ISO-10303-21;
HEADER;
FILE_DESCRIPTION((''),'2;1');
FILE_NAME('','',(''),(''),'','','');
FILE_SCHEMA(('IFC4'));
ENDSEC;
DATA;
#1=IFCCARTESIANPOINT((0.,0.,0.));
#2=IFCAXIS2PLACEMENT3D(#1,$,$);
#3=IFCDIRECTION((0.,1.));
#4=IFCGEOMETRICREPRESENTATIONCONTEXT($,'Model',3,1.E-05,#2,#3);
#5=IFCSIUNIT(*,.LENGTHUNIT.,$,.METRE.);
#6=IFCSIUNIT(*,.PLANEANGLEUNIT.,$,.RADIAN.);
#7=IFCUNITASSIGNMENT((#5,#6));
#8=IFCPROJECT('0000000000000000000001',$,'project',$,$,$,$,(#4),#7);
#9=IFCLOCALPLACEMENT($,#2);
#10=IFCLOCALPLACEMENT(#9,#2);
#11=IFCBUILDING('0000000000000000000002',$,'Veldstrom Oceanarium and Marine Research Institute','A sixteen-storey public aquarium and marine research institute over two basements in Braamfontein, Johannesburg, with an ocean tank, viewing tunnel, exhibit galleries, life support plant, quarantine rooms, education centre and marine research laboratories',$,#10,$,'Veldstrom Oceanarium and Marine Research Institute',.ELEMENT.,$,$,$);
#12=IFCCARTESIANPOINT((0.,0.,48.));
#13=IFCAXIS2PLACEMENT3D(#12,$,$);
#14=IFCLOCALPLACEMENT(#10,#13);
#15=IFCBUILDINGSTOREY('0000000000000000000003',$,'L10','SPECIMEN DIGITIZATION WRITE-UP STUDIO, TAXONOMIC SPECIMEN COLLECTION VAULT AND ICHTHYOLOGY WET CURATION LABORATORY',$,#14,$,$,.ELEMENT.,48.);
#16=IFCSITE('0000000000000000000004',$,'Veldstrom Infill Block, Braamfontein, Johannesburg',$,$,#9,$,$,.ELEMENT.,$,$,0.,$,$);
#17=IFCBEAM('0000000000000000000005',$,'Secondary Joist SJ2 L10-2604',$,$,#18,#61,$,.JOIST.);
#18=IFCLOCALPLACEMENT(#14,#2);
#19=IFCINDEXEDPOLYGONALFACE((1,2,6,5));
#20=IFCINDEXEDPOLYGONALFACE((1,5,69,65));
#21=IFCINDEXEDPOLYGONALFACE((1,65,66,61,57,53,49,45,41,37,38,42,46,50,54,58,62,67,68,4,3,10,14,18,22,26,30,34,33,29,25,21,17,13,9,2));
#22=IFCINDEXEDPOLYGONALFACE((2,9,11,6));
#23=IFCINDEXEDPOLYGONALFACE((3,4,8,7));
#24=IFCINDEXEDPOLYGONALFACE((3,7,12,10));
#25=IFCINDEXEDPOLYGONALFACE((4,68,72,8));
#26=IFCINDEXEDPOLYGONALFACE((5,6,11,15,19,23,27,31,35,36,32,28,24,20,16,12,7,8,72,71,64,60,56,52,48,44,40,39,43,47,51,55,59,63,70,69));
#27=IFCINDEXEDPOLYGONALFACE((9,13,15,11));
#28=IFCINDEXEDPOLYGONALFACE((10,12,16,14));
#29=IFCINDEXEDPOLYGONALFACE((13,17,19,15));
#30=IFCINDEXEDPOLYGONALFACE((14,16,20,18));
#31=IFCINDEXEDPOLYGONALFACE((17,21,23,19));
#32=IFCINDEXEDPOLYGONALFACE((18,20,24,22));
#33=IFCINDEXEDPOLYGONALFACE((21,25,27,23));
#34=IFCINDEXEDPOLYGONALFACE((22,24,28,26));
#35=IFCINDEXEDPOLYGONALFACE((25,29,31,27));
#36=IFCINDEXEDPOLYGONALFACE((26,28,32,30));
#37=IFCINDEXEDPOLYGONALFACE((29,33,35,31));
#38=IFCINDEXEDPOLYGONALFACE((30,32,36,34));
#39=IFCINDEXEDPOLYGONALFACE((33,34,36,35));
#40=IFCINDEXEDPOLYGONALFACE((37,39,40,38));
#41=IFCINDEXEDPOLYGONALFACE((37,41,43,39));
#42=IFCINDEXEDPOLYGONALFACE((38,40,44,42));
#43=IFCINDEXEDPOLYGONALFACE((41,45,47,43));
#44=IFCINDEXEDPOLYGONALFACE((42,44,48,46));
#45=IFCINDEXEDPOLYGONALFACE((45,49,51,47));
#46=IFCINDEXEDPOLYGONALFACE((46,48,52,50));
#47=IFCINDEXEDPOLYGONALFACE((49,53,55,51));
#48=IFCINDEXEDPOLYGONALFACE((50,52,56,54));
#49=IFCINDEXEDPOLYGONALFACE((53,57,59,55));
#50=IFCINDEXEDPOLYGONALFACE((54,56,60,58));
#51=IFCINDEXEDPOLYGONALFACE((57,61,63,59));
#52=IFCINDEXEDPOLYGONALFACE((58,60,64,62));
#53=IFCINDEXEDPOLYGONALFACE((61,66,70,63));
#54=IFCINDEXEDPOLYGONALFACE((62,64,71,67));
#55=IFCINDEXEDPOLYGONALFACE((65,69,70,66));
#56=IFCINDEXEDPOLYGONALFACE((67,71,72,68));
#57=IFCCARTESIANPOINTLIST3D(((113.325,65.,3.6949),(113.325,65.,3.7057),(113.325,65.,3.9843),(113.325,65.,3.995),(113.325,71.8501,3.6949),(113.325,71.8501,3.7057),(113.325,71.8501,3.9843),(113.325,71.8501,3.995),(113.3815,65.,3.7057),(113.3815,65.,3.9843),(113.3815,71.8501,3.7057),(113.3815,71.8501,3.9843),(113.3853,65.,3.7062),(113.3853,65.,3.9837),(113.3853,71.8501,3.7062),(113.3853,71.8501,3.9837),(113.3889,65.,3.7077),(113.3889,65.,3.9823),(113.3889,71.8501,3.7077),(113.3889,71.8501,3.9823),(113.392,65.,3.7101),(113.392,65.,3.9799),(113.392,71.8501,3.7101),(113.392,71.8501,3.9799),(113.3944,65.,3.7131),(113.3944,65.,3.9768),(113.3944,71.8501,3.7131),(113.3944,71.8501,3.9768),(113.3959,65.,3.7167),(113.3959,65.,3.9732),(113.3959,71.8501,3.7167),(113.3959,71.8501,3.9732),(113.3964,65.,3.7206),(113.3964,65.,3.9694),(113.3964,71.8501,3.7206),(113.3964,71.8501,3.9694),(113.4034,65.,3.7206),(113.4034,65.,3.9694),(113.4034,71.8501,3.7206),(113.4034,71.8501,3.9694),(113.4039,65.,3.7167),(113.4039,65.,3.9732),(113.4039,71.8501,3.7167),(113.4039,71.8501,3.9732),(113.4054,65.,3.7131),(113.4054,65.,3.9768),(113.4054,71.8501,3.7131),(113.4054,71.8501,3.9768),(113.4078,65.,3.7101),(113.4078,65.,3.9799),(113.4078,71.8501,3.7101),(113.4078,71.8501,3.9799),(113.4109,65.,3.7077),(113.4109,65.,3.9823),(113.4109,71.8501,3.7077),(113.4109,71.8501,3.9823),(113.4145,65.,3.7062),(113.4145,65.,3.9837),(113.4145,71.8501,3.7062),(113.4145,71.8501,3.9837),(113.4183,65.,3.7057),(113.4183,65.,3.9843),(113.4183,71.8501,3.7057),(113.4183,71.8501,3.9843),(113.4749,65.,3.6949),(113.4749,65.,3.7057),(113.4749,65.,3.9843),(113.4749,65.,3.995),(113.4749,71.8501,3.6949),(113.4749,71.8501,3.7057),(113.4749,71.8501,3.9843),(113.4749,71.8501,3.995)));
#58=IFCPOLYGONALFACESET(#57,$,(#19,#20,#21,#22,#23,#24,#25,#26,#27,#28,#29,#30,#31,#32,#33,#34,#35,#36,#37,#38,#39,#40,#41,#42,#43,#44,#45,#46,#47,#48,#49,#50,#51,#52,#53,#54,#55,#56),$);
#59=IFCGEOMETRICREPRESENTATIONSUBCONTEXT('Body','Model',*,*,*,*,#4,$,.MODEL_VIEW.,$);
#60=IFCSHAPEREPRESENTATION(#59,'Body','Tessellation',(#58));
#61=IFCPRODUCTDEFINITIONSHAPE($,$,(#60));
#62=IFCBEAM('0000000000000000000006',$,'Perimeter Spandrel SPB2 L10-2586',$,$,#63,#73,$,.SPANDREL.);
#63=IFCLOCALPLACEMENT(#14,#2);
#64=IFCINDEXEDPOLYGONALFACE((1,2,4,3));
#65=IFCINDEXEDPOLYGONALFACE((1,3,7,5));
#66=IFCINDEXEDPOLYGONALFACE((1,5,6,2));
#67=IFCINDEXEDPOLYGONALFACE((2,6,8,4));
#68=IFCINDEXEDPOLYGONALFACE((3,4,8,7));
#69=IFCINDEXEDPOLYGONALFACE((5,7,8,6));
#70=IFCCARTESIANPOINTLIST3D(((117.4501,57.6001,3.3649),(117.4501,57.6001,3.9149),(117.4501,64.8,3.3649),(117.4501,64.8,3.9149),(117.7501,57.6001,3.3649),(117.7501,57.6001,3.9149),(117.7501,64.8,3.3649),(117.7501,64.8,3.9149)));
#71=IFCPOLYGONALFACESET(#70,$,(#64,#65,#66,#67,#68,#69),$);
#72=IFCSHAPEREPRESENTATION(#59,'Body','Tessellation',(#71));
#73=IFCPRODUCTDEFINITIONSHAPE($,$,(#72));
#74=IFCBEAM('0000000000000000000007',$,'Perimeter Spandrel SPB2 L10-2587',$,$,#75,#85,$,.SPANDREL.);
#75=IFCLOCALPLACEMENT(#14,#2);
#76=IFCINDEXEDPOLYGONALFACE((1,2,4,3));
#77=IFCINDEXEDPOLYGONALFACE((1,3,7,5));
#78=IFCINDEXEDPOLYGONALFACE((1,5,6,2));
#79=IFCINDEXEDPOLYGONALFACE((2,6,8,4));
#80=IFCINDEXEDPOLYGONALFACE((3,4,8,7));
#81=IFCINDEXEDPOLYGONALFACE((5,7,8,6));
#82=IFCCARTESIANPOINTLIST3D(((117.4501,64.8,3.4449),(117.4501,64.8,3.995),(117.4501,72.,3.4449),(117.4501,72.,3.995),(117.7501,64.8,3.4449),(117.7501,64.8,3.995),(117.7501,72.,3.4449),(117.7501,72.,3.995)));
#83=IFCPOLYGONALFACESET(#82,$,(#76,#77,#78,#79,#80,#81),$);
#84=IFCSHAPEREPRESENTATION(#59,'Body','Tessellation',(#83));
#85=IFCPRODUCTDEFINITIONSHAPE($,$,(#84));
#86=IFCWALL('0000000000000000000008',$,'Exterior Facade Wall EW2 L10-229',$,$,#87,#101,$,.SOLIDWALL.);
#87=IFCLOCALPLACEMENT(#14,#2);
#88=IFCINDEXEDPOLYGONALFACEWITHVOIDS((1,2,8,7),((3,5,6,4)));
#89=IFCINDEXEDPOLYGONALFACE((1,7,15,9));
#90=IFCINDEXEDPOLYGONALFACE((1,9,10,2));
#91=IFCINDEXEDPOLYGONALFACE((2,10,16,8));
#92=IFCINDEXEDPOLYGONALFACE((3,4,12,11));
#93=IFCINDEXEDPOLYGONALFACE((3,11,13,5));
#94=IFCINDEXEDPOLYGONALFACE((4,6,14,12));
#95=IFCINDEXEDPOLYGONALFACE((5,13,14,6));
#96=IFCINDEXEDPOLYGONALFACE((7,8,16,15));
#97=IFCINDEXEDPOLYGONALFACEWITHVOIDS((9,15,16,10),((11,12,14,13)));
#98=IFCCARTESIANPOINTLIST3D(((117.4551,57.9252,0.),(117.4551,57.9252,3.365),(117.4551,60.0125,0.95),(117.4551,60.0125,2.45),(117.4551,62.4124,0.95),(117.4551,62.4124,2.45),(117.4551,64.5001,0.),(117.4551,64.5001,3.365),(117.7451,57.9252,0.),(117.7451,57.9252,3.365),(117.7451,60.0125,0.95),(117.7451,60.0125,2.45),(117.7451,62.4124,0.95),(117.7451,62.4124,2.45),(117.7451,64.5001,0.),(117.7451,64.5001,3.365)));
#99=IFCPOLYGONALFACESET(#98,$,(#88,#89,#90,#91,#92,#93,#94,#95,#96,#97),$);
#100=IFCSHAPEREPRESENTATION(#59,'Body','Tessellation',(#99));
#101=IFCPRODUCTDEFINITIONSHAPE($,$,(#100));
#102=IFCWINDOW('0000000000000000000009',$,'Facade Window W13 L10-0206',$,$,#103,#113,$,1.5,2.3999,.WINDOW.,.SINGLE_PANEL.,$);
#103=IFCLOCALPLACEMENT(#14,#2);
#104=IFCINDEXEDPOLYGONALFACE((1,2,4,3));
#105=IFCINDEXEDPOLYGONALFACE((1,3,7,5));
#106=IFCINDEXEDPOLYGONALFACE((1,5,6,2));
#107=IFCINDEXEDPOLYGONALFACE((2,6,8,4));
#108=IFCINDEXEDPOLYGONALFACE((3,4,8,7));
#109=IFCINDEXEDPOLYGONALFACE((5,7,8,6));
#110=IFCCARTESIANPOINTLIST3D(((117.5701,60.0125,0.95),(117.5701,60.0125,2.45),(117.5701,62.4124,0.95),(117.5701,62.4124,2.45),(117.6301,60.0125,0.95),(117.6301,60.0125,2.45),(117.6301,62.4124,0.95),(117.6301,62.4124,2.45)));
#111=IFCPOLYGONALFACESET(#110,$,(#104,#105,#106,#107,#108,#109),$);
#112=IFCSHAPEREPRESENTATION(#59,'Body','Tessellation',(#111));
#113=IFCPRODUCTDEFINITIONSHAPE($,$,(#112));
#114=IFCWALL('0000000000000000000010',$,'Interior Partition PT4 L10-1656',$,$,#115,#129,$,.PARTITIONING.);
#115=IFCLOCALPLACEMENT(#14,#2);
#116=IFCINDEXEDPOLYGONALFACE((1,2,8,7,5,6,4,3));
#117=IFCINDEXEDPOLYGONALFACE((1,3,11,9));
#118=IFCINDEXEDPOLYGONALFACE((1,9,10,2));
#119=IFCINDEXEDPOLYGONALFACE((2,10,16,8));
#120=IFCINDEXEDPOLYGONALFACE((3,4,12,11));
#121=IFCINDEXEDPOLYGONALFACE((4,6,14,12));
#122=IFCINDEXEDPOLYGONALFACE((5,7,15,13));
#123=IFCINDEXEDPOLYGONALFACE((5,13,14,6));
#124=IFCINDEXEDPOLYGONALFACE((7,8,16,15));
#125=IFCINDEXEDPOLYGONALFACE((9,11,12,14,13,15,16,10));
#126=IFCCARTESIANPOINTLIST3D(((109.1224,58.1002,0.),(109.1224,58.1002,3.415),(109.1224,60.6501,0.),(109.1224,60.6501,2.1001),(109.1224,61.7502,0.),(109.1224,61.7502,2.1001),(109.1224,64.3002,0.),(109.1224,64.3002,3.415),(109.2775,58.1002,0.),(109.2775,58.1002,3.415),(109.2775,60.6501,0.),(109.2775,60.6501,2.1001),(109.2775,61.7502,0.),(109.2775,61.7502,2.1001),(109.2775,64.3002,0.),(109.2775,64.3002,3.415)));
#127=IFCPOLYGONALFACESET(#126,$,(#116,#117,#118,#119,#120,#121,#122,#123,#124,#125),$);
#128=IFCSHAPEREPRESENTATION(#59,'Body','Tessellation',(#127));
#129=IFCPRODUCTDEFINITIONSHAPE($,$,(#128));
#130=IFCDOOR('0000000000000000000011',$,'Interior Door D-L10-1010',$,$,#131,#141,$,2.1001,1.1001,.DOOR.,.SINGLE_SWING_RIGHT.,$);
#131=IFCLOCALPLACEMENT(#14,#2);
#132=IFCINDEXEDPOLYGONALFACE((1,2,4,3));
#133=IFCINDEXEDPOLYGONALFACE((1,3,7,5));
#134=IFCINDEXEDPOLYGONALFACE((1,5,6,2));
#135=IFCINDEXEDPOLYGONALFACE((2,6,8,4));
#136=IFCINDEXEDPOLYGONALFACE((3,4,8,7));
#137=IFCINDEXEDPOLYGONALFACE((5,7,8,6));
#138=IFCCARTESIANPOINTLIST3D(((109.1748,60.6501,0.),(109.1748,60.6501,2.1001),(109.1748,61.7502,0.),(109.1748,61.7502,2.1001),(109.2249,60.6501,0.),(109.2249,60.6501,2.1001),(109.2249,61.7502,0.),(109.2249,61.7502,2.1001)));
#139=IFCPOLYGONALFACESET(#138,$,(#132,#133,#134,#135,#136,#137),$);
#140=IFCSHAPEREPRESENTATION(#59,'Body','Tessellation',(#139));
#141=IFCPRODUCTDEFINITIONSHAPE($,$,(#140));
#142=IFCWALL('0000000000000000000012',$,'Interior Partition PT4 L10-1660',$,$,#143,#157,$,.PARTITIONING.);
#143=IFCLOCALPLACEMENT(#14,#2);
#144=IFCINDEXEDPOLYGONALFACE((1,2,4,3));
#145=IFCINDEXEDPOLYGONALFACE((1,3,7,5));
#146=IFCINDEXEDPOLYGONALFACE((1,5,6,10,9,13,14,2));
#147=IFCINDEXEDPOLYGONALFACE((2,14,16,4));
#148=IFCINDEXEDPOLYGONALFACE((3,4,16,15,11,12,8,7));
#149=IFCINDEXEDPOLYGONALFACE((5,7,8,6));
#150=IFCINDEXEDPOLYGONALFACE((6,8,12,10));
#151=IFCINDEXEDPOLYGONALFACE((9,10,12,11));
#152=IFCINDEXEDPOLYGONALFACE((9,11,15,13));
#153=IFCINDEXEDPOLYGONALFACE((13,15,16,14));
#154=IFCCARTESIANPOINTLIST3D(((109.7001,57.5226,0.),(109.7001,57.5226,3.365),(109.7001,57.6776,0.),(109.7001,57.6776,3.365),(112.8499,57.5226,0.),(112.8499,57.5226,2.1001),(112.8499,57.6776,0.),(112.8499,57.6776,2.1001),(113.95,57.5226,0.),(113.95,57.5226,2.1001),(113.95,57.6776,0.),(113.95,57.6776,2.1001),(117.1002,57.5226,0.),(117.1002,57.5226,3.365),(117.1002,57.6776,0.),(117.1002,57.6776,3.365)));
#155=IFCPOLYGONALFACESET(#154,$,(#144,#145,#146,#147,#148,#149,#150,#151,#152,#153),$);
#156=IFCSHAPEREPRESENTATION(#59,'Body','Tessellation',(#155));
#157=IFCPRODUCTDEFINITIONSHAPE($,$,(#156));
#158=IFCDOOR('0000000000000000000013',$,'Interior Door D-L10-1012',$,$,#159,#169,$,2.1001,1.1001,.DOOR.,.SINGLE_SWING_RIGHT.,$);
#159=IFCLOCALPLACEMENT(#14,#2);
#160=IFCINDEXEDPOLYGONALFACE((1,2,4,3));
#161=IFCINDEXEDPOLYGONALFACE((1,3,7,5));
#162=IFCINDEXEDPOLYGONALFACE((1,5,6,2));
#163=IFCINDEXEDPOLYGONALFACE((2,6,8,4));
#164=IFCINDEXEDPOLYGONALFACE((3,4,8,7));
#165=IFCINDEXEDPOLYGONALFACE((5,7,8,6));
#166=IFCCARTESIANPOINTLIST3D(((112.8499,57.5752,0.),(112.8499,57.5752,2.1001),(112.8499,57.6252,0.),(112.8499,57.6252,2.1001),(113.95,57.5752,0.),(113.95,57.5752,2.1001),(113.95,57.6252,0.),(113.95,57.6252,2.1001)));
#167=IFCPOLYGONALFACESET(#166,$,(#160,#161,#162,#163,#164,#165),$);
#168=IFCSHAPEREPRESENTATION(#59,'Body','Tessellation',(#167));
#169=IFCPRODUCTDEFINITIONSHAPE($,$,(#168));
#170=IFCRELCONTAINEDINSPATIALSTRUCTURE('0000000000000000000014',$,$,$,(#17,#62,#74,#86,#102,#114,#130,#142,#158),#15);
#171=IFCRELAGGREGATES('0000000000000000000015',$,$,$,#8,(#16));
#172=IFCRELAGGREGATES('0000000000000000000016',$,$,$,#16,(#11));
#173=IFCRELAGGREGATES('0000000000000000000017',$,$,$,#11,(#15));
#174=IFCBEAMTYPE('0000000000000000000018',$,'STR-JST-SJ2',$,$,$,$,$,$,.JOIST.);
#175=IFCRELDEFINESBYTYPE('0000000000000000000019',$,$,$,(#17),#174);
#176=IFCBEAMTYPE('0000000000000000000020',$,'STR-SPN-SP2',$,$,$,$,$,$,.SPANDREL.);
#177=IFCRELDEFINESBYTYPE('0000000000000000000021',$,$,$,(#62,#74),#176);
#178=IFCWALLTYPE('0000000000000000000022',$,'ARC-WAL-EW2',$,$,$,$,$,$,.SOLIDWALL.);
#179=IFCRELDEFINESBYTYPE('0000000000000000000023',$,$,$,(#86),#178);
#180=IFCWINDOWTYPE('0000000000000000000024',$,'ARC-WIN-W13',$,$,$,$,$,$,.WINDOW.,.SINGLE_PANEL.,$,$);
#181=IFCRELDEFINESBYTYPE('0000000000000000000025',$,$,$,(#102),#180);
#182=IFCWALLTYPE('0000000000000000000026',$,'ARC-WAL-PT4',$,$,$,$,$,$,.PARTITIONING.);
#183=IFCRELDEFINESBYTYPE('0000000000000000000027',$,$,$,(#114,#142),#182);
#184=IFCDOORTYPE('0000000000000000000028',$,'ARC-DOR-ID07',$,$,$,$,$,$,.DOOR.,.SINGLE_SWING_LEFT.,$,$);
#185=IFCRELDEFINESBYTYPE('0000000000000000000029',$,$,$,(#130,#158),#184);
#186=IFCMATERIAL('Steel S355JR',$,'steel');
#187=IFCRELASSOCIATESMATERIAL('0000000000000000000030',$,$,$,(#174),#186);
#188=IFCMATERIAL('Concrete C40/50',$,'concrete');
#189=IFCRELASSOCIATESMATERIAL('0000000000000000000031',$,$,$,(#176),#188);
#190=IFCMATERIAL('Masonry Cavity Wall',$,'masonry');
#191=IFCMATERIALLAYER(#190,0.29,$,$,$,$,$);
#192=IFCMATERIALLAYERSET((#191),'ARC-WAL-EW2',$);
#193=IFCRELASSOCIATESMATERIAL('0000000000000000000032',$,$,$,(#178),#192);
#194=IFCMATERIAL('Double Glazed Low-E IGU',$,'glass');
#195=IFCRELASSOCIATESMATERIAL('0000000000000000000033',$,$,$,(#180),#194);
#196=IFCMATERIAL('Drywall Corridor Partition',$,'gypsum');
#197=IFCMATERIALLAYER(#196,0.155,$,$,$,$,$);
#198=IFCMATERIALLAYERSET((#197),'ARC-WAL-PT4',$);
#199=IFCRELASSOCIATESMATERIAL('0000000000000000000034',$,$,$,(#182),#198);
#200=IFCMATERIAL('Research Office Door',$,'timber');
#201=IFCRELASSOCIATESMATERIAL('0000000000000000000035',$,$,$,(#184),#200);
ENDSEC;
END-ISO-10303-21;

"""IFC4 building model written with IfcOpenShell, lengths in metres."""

from ifc_helpers import new_model, si_unit, direction, frame, frame_2d, origin, origin_2d, place, context, subcontext, project, spatial, rectangle, i_section, extrude, material, layer, layer_set, material_profile, profile_set, type_object, element, fill, save


model = new_model("IFC4")

# Units and contexts
model_context = context("Model", 3, precision=1e-05, world=origin(), true_north=direction((0.0, 1.0)))
body_context = subcontext(model_context, "Body", "Model", "MODEL_VIEW")
ifc_project = project(units=[si_unit("LENGTHUNIT", "METRE"), si_unit("PLANEANGLEUNIT", "RADIAN")], contexts=[model_context])

# Site, building, storey
site_placement = place(None, origin())
site = spatial("IfcSite", under=ifc_project, at=site_placement, Name="Veldstrom Infill Block, Braamfontein, Johannesburg", CompositionType="ELEMENT", RefElevation=0.0)
building_placement = place(site_placement, origin())
building = spatial("IfcBuilding", under=site, at=building_placement, Name="Veldstrom Oceanarium and Marine Research Institute", Description="A sixteen-storey public aquarium and marine research institute over two basements in Braamfontein, Johannesburg, with an ocean tank, viewing tunnel, exhibit galleries, life support plant, quarantine rooms, education centre and marine research laboratories", LongName="Veldstrom Oceanarium and Marine Research Institute", CompositionType="ELEMENT")
storey_placement = place(building_placement, frame((0.0, 0.0, 48.0)))
storey = spatial("IfcBuildingStorey", under=building, at=storey_placement, Name="L10", Description="SPECIMEN DIGITIZATION WRITE-UP STUDIO, TAXONOMIC SPECIMEN COLLECTION VAULT AND ICHTHYOLOGY WET CURATION LABORATORY", CompositionType="ELEMENT", Elevation=48.0)

# Beams
ifc_material_1 = material(Name="Steel S355JR", Category="steel")
ifc_material_profile_1 = material_profile(ifc_material_1, i_section(OverallWidth=0.1499, OverallDepth=0.3, WebThickness=0.0071, FlangeThickness=0.0107, FilletRadius=0.0149, at=origin_2d()), Name="IPE 300")
ifc_profile_set_1 = profile_set([ifc_material_profile_1], Name="Steel S355JR")
beam_type_1 = type_object("IfcBeamType", Name="STR-JST-SJ2", PredefinedType="JOIST", material=ifc_profile_set_1)
beam_1_placement = place(storey_placement, frame((113.3999, 65.0, 3.845), z_axis=(0.0, 1.0, 0.0), x_axis=(-1.0, 0.0, 0.0)))
element("IfcBeam", 1, at=beam_1_placement, inside=storey, type_object=beam_type_1, Name="Secondary Joist SJ2 L10-2604", PredefinedType="JOIST", context=body_context, shape_type="SweptSolid", body=[
    extrude(i_section(OverallWidth=0.1499, OverallDepth=0.3, WebThickness=0.0071, FlangeThickness=0.0107, FilletRadius=0.0149, at=origin_2d()), origin(), (0.0, 0.0, 1.0), 6.8501),
])
ifc_material_2 = material(Name="Concrete C40/50", Category="concrete")
ifc_material_profile_2 = material_profile(ifc_material_2, rectangle(XDim=0.3, YDim=0.55, at=origin_2d()), Name="RC-SPN-300x550")
ifc_profile_set_2 = profile_set([ifc_material_profile_2], Name="Concrete C40/50")
beam_type_2 = type_object("IfcBeamType", Name="STR-SPN-SP2", PredefinedType="SPANDREL", material=ifc_profile_set_2)
for number, where, z_axis, x_axis, name in (
    (2, (117.6001, 57.6001, 3.6399), (0.0, 1.0, 0.0), (-1.0, 0.0, 0.0), "Perimeter Spandrel SPB2 L10-2586"),
    (3, (117.6001, 64.8, 3.72), (0.0, 1.0, 0.0), (-1.0, 0.0, 0.0), "Perimeter Spandrel SPB2 L10-2587"),
):
    element("IfcBeam", number, at=place(storey_placement, frame(where, z_axis=z_axis, x_axis=x_axis)), inside=storey, type_object=beam_type_2, Name=name, PredefinedType="SPANDREL", context=body_context, shape_type="SweptSolid", body=[
        extrude(rectangle(XDim=0.3, YDim=0.55, at=origin_2d()), origin(), (0.0, 0.0, 1.0), 7.2),
    ])

# Wall, opening, window
ifc_material_3 = material(Name="Masonry Cavity Wall", Category="masonry")
ifc_layer_1 = layer(ifc_material_3, 0.29)
ifc_layer_set_1 = layer_set([ifc_layer_1], Name="ARC-WAL-EW2")
wall_type_1 = type_object("IfcWallType", Name="ARC-WAL-EW2", PredefinedType="SOLIDWALL", material=ifc_layer_set_1)
wall_1_placement = place(storey_placement, frame((117.6001, 57.925, 0.0), z_axis=(0.0, 0.0, 1.0), x_axis=(0.0, 1.0, 0.0)))
wall_1 = element("IfcWall", 4, at=wall_1_placement, inside=storey, type_object=wall_type_1, Name="Exterior Facade Wall EW2 L10-229", PredefinedType="SOLIDWALL", context=body_context, shape_type="SweptSolid", body=[
    extrude(rectangle(XDim=6.575, YDim=0.29, at=frame_2d((3.2876, 0.0))), origin(), (0.0, 0.0, 1.0), 3.365),
])
opening_1_placement = place(wall_1_placement, frame((2.0874, 0.0, 0.95)))
opening_1 = element("IfcOpeningElement", 5, at=opening_1_placement, cuts=wall_1, PredefinedType="OPENING", context=body_context, shape_type="SweptSolid", body=[
    extrude(rectangle(XDim=2.3999, YDim=1.5, at=frame_2d((1.2, 0.75))), frame((0.0, 0.155, 0.0), z_axis=(0.0, -1.0, 0.0), x_axis=(1.0, 0.0, 0.0)), (0.0, 0.0, 1.0), 0.3101),
])
ifc_material_4 = material(Name="Double Glazed Low-E IGU", Category="glass")
window_type = type_object("IfcWindowType", Name="ARC-WIN-W13", PartitioningType="SINGLE_PANEL", PredefinedType="WINDOW", material=ifc_material_4)
window_placement = place(opening_1_placement, origin())
window = element("IfcWindow", 6, at=window_placement, inside=storey, type_object=window_type, Name="Facade Window W13 L10-0206", OverallHeight=1.5, OverallWidth=2.3999, PartitioningType="SINGLE_PANEL", PredefinedType="WINDOW", context=body_context, shape_type="SweptSolid", body=[
    extrude(rectangle(XDim=2.3999, YDim=1.5, at=frame_2d((1.2, 0.75))), frame((0.0, 0.03, 0.0), z_axis=(0.0, -1.0, 0.0), x_axis=(1.0, 0.0, 0.0)), (0.0, 0.0, 1.0), 0.0601),
])
fill(opening_1, window)

# Walls, openings, doors
ifc_material_5 = material(Name="Drywall Corridor Partition", Category="gypsum")
ifc_layer_2 = layer(ifc_material_5, 0.155)
ifc_layer_set_2 = layer_set([ifc_layer_2], Name="ARC-WAL-PT4")
wall_type_2 = type_object("IfcWallType", Name="ARC-WAL-PT4", PredefinedType="PARTITIONING", material=ifc_layer_set_2)
wall_2_placement = place(storey_placement, frame((109.2, 58.1001, 0.0), z_axis=(0.0, 0.0, 1.0), x_axis=(0.0, 1.0, 0.0)))
wall_2 = element("IfcWall", 7, at=wall_2_placement, inside=storey, type_object=wall_type_2, Name="Interior Partition PT4 L10-1656", PredefinedType="PARTITIONING", context=body_context, shape_type="SweptSolid", body=[
    extrude(rectangle(XDim=6.2, YDim=0.155, at=frame_2d((3.1001, 0.0))), origin(), (0.0, 0.0, 1.0), 3.415),
])
opening_2_placement = place(wall_2_placement, frame((2.55, 0.0, 0.0)))
opening_2 = element("IfcOpeningElement", 8, at=opening_2_placement, cuts=wall_2, PredefinedType="OPENING", context=body_context, shape_type="SweptSolid", body=[
    extrude(rectangle(XDim=1.1001, YDim=2.1001, at=frame_2d((0.55, 1.05))), frame((0.0, 0.0874, 0.0), z_axis=(0.0, -1.0, 0.0), x_axis=(1.0, 0.0, 0.0)), (0.0, 0.0, 1.0), 0.175),
])
ifc_material_6 = material(Name="Research Office Door", Category="timber")
door_type_1 = type_object("IfcDoorType", Name="ARC-DOR-ID07", OperationType="SINGLE_SWING_LEFT", PredefinedType="DOOR", material=ifc_material_6)
door_1_placement = place(opening_2_placement, frame((1.1001, 0.0, 0.0), z_axis=(0.0, 0.0, 1.0), x_axis=(-1.0, 0.0, 0.0)))
door_1 = element("IfcDoor", 9, at=door_1_placement, inside=storey, type_object=door_type_1, Name="Interior Door D-L10-1010", OperationType="SINGLE_SWING_RIGHT", OverallHeight=2.1001, OverallWidth=1.1001, PredefinedType="DOOR", context=body_context, shape_type="SweptSolid", body=[
    extrude(rectangle(XDim=1.1001, YDim=2.1001, at=frame_2d((0.55, 1.05))), frame((0.0, 0.0249, 0.0), z_axis=(0.0, -1.0, 0.0), x_axis=(1.0, 0.0, 0.0)), (0.0, 0.0, 1.0), 0.05),
])
fill(opening_2, door_1)
wall_3_placement = place(storey_placement, frame((109.7, 57.6001, 0.0), z_axis=(0.0, 0.0, 1.0), x_axis=(1.0, 0.0, 0.0)))
wall_3 = element("IfcWall", 10, at=wall_3_placement, inside=storey, type_object=wall_type_2, Name="Interior Partition PT4 L10-1660", PredefinedType="PARTITIONING", context=body_context, shape_type="SweptSolid", body=[
    extrude(rectangle(XDim=7.4001, YDim=0.155, at=frame_2d((3.7002, 0.0))), origin(), (0.0, 0.0, 1.0), 3.365),
])
opening_3_placement = place(wall_3_placement, frame((3.1499, 0.0, 0.0)))
opening_3 = element("IfcOpeningElement", 11, at=opening_3_placement, cuts=wall_3, PredefinedType="OPENING", context=body_context, shape_type="SweptSolid", body=[
    extrude(rectangle(XDim=1.1001, YDim=2.1001, at=frame_2d((0.55, 1.05))), frame((0.0, 0.0874, 0.0), z_axis=(0.0, -1.0, 0.0), x_axis=(1.0, 0.0, 0.0)), (0.0, 0.0, 1.0), 0.175),
])
door_2_placement = place(opening_3_placement, frame((1.1001, 0.0, 0.0), z_axis=(0.0, 0.0, 1.0), x_axis=(-1.0, 0.0, 0.0)))
door_2 = element("IfcDoor", 12, at=door_2_placement, inside=storey, type_object=door_type_1, Name="Interior Door D-L10-1012", OperationType="SINGLE_SWING_RIGHT", OverallHeight=2.1001, OverallWidth=1.1001, PredefinedType="DOOR", context=body_context, shape_type="SweptSolid", body=[
    extrude(rectangle(XDim=1.1001, YDim=2.1001, at=frame_2d((0.55, 1.05))), frame((0.0, 0.0249, 0.0), z_axis=(0.0, -1.0, 0.0), x_axis=(1.0, 0.0, 0.0)), (0.0, 0.0, 1.0), 0.05),
])
fill(opening_3, door_2)

save(model, "model.ifc")
